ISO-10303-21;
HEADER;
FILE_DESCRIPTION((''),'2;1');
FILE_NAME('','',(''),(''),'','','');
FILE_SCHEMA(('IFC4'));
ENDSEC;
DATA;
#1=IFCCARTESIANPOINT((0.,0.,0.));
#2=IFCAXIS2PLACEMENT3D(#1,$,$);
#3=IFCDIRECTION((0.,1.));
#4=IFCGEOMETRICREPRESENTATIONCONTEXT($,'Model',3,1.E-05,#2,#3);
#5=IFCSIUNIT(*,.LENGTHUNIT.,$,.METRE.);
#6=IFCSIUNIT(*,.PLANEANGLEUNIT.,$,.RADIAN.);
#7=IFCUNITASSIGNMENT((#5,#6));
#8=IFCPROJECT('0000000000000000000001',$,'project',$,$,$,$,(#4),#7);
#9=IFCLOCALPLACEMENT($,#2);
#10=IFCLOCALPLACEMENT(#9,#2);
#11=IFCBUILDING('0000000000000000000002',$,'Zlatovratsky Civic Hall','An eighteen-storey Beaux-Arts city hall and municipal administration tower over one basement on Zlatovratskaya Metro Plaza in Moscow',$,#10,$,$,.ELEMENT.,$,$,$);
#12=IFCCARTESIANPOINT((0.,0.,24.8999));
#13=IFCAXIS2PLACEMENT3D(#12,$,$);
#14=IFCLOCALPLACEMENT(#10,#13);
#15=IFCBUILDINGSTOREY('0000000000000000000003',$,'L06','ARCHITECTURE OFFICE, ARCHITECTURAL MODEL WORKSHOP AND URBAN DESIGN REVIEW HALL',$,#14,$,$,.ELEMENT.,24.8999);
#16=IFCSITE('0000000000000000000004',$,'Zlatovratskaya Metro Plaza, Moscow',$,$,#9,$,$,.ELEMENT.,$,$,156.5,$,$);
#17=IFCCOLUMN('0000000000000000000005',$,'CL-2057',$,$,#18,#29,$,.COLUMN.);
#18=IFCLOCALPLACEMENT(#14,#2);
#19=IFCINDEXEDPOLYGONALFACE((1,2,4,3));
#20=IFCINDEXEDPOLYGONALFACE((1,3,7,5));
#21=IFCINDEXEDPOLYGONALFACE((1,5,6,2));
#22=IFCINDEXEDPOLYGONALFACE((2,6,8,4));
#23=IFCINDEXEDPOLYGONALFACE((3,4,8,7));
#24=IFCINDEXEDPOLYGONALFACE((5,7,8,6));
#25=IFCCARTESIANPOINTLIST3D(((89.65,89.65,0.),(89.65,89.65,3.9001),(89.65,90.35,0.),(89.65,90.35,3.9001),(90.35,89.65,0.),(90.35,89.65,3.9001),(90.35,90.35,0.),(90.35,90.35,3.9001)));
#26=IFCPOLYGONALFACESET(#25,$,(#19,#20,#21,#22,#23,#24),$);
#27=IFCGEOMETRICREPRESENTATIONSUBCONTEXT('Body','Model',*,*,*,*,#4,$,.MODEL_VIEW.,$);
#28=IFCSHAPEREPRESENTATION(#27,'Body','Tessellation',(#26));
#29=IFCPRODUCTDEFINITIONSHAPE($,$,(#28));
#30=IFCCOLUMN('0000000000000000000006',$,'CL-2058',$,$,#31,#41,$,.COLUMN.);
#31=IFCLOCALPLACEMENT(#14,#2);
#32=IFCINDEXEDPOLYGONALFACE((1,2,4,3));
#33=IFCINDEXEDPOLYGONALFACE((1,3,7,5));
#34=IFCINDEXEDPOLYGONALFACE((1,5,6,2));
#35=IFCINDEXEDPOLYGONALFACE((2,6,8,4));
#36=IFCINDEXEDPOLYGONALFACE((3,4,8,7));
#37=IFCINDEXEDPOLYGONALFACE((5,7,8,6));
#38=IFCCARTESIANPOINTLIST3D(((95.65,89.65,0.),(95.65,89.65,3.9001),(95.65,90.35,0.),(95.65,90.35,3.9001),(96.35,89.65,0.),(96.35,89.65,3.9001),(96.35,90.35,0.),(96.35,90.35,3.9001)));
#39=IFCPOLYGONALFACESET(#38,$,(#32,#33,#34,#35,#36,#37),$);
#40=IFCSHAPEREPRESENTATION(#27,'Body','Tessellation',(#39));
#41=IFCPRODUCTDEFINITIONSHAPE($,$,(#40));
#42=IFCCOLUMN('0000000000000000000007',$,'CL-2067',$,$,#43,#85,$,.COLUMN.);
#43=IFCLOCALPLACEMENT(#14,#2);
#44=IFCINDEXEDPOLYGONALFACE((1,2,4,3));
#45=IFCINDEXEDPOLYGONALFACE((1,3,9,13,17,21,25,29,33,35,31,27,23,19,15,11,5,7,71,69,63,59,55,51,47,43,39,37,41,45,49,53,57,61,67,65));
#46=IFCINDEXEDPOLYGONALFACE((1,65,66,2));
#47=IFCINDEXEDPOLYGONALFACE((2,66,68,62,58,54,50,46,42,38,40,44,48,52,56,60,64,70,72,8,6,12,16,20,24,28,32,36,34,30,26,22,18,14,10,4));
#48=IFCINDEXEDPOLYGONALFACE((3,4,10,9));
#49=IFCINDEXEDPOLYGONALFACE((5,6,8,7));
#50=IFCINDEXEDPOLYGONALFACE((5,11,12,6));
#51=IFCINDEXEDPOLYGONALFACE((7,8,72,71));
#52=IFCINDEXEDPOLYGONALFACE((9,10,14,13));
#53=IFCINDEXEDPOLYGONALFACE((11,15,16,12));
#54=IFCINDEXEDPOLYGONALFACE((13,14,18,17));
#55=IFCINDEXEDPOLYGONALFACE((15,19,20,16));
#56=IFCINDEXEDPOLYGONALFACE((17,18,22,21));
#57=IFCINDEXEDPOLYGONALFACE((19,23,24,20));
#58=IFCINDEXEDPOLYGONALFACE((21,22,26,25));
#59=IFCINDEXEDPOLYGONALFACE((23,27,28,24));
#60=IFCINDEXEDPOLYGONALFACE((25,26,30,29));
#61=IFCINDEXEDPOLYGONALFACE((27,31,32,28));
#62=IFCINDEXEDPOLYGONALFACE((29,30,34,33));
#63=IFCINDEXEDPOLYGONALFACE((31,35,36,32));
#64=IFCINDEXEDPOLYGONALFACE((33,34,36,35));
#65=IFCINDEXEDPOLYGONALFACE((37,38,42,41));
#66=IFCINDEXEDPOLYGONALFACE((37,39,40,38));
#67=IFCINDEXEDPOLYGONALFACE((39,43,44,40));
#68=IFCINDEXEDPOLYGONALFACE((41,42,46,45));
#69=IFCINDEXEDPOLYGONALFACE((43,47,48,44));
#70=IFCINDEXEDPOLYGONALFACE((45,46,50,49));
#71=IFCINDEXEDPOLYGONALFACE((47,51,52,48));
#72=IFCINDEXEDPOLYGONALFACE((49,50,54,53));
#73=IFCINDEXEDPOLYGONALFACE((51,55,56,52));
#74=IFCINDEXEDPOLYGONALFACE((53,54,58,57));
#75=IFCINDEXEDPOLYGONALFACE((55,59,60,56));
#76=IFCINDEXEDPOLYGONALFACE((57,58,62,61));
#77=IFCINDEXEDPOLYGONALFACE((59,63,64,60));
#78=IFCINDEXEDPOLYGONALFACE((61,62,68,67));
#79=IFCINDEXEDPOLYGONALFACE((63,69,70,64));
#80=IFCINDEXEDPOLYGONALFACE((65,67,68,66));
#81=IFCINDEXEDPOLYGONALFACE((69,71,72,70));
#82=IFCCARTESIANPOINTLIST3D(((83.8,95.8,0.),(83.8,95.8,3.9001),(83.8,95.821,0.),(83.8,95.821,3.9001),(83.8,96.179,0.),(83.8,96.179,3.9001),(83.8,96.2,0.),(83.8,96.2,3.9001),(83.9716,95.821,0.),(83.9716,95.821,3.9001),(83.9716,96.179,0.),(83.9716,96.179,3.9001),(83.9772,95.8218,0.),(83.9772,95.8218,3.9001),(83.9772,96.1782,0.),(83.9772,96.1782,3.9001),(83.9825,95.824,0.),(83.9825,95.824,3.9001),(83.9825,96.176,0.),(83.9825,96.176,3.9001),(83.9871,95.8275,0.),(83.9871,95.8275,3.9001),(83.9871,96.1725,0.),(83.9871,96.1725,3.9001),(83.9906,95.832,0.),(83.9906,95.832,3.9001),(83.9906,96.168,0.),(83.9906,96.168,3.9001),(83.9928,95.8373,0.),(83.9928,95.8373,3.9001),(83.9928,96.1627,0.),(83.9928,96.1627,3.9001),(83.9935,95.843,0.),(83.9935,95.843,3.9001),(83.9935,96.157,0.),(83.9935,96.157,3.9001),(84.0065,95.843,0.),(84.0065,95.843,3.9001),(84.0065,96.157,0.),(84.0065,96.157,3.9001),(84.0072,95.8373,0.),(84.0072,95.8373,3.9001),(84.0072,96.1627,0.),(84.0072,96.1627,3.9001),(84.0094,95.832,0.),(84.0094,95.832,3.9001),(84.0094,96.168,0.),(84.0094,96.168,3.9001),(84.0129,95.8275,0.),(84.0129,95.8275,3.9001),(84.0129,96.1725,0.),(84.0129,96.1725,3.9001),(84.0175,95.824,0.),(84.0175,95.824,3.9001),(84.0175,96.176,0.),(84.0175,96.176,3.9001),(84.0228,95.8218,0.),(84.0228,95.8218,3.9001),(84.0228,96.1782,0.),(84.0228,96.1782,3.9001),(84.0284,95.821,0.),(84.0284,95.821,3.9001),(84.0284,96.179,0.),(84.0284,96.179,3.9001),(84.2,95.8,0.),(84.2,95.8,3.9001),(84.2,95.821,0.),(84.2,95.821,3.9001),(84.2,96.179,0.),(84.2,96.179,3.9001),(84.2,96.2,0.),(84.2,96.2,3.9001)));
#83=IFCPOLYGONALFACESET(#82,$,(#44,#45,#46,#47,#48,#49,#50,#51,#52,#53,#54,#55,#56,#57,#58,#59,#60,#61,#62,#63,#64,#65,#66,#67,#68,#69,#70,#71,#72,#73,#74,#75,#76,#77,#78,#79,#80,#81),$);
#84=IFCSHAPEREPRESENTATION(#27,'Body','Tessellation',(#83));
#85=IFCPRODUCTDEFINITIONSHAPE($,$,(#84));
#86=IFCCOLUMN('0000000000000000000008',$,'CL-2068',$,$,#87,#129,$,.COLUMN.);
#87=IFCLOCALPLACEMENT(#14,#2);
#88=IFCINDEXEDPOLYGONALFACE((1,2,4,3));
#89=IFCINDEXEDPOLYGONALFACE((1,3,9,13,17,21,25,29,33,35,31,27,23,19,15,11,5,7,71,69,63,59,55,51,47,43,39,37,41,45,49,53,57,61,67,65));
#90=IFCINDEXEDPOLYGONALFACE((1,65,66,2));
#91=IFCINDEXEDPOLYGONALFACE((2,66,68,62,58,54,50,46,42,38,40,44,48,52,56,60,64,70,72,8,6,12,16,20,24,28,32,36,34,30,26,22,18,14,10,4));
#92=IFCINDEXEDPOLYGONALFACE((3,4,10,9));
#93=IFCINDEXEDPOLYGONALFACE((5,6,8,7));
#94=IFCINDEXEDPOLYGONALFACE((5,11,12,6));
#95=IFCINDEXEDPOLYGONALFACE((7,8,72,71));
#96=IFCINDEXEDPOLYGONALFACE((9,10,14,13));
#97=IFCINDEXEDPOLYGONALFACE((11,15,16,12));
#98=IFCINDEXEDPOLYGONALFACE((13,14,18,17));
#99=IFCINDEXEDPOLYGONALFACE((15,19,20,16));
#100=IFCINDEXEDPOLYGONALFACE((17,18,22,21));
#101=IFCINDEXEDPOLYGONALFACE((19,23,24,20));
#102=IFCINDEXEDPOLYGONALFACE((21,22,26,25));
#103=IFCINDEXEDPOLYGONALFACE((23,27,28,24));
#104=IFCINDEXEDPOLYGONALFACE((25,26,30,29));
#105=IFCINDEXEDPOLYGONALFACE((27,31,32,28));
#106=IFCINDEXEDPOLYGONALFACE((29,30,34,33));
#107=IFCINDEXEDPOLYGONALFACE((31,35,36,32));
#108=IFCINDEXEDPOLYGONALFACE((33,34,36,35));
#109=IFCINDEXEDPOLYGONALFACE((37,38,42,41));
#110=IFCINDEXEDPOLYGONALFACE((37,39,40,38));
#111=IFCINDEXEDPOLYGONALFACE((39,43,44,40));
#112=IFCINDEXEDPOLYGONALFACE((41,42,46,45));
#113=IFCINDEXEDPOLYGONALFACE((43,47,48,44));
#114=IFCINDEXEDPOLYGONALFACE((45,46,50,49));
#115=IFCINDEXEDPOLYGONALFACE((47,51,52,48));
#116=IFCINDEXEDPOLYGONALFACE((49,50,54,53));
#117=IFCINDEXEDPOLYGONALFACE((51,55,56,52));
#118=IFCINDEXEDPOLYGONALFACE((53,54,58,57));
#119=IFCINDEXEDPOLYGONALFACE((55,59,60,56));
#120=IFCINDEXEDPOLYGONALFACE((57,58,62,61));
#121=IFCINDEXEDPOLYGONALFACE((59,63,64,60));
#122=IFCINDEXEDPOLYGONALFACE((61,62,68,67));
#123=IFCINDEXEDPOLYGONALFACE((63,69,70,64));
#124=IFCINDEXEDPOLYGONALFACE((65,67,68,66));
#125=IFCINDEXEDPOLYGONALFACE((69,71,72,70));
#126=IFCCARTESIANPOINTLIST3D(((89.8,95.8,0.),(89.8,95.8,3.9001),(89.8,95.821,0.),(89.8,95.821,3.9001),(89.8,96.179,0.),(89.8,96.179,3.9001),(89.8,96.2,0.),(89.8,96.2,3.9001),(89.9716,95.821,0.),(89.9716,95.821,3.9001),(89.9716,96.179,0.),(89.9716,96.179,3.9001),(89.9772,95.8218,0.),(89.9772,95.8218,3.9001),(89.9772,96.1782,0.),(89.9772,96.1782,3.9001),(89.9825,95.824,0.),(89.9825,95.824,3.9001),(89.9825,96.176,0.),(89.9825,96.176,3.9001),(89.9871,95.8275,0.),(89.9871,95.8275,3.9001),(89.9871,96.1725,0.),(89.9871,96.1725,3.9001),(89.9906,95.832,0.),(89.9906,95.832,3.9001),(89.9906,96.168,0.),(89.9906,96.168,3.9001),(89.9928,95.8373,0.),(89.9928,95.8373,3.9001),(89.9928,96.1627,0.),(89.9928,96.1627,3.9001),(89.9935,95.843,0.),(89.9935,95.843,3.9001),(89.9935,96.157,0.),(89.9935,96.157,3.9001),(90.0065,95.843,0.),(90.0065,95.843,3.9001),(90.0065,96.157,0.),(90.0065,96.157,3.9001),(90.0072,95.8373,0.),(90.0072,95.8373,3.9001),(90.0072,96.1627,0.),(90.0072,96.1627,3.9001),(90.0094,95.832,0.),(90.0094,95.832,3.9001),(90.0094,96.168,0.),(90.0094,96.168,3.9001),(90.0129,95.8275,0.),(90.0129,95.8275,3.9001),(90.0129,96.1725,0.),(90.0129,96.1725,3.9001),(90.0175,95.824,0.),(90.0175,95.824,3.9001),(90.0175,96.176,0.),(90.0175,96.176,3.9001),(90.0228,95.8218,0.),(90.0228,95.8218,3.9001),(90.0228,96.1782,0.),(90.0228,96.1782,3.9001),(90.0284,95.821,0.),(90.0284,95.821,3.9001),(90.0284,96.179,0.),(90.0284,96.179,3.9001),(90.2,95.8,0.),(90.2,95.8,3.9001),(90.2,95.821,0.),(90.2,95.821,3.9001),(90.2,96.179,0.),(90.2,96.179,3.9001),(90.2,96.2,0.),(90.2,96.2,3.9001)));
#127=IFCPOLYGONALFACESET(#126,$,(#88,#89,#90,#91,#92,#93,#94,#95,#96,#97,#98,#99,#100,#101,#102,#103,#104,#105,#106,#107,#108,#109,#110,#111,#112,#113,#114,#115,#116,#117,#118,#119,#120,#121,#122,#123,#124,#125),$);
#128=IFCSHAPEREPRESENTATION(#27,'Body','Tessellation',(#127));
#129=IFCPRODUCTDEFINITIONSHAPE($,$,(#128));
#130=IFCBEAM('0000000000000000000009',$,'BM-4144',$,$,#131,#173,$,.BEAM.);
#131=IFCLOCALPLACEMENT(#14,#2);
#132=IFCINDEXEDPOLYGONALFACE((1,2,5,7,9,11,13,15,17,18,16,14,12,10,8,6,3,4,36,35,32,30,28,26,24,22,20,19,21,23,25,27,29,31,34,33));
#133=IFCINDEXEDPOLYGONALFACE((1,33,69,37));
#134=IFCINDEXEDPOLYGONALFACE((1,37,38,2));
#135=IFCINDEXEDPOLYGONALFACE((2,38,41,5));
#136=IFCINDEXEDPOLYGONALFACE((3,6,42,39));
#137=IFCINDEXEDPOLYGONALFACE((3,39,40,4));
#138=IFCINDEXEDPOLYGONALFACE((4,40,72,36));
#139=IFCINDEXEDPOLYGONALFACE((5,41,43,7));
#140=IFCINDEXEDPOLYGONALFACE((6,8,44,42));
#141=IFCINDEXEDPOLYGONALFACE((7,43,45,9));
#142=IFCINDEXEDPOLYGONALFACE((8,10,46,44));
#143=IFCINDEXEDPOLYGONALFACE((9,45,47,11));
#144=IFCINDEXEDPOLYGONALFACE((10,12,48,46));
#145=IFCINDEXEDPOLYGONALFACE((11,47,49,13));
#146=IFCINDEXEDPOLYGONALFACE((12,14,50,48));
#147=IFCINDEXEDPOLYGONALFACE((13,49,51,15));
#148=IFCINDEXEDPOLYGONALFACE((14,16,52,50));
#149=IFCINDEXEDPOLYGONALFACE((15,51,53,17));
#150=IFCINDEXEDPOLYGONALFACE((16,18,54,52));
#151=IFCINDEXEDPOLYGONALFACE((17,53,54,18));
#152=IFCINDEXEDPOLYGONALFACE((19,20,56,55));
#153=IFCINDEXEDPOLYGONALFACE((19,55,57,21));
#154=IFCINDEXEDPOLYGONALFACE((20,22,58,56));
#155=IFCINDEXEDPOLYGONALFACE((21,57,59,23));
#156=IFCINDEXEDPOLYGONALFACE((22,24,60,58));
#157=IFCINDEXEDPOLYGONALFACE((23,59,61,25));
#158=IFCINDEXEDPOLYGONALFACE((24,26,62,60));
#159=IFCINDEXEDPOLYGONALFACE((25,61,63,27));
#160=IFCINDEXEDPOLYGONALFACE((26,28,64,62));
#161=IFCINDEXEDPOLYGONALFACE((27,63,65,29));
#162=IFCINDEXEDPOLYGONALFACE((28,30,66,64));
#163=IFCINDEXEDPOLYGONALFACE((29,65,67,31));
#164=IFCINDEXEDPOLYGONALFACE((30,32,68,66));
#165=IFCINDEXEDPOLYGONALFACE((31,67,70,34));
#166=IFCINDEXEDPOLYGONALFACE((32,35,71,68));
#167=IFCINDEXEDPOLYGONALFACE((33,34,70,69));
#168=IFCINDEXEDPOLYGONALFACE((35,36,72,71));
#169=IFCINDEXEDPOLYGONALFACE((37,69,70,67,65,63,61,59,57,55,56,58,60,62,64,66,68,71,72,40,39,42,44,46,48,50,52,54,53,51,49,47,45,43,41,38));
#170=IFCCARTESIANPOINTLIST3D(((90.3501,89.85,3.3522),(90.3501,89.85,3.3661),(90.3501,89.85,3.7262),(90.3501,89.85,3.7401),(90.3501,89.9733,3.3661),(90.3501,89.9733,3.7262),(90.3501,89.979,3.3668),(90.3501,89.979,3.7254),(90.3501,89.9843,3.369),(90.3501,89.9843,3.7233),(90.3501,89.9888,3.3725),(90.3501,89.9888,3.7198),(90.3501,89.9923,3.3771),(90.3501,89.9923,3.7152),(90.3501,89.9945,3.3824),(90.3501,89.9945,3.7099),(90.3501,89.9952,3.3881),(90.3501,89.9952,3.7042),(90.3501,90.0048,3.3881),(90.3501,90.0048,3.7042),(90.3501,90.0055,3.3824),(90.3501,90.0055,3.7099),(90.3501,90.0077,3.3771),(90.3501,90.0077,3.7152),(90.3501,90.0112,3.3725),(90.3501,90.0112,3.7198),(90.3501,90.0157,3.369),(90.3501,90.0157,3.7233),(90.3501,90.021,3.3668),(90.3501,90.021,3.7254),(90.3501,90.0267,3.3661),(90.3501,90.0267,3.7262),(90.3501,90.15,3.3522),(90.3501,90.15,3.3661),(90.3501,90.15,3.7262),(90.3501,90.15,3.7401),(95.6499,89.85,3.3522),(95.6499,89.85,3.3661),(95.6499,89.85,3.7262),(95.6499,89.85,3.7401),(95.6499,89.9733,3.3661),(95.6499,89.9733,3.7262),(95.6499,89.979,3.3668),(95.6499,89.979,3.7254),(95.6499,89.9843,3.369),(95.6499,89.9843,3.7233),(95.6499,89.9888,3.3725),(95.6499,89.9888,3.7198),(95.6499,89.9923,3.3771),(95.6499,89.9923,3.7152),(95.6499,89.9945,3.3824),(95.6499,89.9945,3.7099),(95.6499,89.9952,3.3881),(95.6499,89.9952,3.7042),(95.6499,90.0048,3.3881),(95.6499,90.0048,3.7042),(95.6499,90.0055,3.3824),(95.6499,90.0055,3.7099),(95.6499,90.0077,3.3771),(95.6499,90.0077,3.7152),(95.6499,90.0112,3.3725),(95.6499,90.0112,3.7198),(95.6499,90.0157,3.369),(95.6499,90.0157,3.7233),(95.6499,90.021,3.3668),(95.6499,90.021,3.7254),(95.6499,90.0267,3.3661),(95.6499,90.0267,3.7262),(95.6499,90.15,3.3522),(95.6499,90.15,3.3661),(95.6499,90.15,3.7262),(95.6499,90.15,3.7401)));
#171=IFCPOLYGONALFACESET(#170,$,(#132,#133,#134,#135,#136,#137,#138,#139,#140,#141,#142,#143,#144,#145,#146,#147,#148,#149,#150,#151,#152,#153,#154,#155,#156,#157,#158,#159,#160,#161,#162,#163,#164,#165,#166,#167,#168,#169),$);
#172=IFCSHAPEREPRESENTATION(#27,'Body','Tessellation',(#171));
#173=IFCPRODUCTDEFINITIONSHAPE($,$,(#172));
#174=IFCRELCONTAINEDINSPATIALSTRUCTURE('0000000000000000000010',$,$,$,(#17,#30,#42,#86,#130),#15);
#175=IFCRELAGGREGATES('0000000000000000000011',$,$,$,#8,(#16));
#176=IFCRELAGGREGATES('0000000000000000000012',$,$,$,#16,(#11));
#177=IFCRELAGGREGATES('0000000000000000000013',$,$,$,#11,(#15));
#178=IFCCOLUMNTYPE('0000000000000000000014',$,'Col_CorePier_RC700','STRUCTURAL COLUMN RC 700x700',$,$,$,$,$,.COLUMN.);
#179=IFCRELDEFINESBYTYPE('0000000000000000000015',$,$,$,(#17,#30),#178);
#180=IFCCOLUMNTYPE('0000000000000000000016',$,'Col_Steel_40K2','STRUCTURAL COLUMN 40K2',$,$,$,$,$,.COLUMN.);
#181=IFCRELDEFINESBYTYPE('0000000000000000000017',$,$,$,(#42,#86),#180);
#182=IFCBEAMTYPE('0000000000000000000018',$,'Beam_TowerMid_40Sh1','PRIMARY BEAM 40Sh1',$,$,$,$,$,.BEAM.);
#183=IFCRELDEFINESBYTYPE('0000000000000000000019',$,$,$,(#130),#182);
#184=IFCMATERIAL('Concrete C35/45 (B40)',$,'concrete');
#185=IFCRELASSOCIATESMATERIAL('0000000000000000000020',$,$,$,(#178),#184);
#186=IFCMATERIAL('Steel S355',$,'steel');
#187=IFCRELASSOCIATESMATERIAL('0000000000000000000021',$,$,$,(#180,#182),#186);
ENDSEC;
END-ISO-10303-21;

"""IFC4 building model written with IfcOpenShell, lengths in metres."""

from ifc_helpers import new_model, si_unit, direction, frame, origin, origin_2d, place, context, subcontext, project, spatial, rectangle, i_section, extrude, material, material_profile, profile_set, type_object, element, save


model = new_model("IFC4")

# Units and contexts
model_context = context("Model", 3, precision=1e-05, world=origin(), true_north=direction((0.0, 1.0)))
body_context = subcontext(model_context, "Body", "Model", "MODEL_VIEW")
ifc_project = project(units=[si_unit("LENGTHUNIT", "METRE"), si_unit("PLANEANGLEUNIT", "RADIAN")], contexts=[model_context])

# Site, building, storey
site_placement = place(None, origin())
site = spatial("IfcSite", under=ifc_project, at=site_placement, Name="Zlatovratskaya Metro Plaza, Moscow", CompositionType="ELEMENT", RefElevation=156.5)
building_placement = place(site_placement, origin())
building = spatial("IfcBuilding", under=site, at=building_placement, Name="Zlatovratsky Civic Hall", Description="An eighteen-storey Beaux-Arts city hall and municipal administration tower over one basement on Zlatovratskaya Metro Plaza in Moscow", CompositionType="ELEMENT")
storey_placement = place(building_placement, frame((0.0, 0.0, 24.8999)))
storey = spatial("IfcBuildingStorey", under=building, at=storey_placement, Name="L06", Description="ARCHITECTURE OFFICE, ARCHITECTURAL MODEL WORKSHOP AND URBAN DESIGN REVIEW HALL", CompositionType="ELEMENT", Elevation=24.8999)

# Columns
ifc_material_1 = material(Name="Concrete C35/45 (B40)", Category="concrete")
ifc_material_profile_1 = material_profile(ifc_material_1, rectangle(XDim=0.7, YDim=0.7, at=origin_2d()), Name="RC 700x700")
ifc_profile_set_1 = profile_set([ifc_material_profile_1], Name="Concrete C35/45 (B40)")
column_type_1 = type_object("IfcColumnType", Name="Col_CorePier_RC700", Description="STRUCTURAL COLUMN RC 700x700", PredefinedType="COLUMN", material=ifc_profile_set_1)
for number, where, z_axis, x_axis, name in (
    (1, (90.0, 90.0, 0.0), (0.0, 0.0, 1.0), (1.0, 0.0, 0.0), "CL-2057"),
    (2, (96.0, 90.0, 0.0), (0.0, 0.0, 1.0), (1.0, 0.0, 0.0), "CL-2058"),
):
    element("IfcColumn", number, at=place(storey_placement, frame(where, z_axis=z_axis, x_axis=x_axis)), inside=storey, type_object=column_type_1, Name=name, PredefinedType="COLUMN", context=body_context, shape_type="SweptSolid", body=[
        extrude(rectangle(XDim=0.7, YDim=0.7, at=origin_2d()), origin(), (0.0, 0.0, 1.0), 3.9001),
    ])
ifc_material_2 = material(Name="Steel S355", Category="steel")
ifc_material_profile_2 = material_profile(ifc_material_2, i_section(OverallWidth=0.3999, OverallDepth=0.3999, WebThickness=0.0129, FlangeThickness=0.021, FilletRadius=0.022, at=origin_2d()), Name="40K2")
ifc_profile_set_2 = profile_set([ifc_material_profile_2], Name="Steel S355")
column_type_2 = type_object("IfcColumnType", Name="Col_Steel_40K2", Description="STRUCTURAL COLUMN 40K2", PredefinedType="COLUMN", material=ifc_profile_set_2)
for number, where, z_axis, x_axis, name in (
    (3, (84.0, 96.0, 0.0), (0.0, 0.0, 1.0), (1.0, 0.0, 0.0), "CL-2067"),
    (4, (90.0, 96.0, 0.0), (0.0, 0.0, 1.0), (1.0, 0.0, 0.0), "CL-2068"),
):
    element("IfcColumn", number, at=place(storey_placement, frame(where, z_axis=z_axis, x_axis=x_axis)), inside=storey, type_object=column_type_2, Name=name, PredefinedType="COLUMN", context=body_context, shape_type="SweptSolid", body=[
        extrude(i_section(OverallWidth=0.3999, OverallDepth=0.3999, WebThickness=0.0129, FlangeThickness=0.021, FilletRadius=0.022, at=origin_2d()), origin(), (0.0, 0.0, 1.0), 3.9001),
    ])

# Beam
ifc_material_profile_3 = material_profile(ifc_material_2, i_section(OverallWidth=0.3, OverallDepth=0.3879, WebThickness=0.0095, FlangeThickness=0.0139, FilletRadius=0.022, at=origin_2d()), Name="40Sh1")
ifc_profile_set_3 = profile_set([ifc_material_profile_3], Name="Steel S355")
beam_type_1 = type_object("IfcBeamType", Name="Beam_TowerMid_40Sh1", Description="PRIMARY BEAM 40Sh1", PredefinedType="BEAM", material=ifc_profile_set_3)
beam_1_placement = place(storey_placement, frame((90.3501, 90.0, 3.5461), z_axis=(1.0, 0.0, 0.0), x_axis=(0.0, 1.0, 0.0)))
element("IfcBeam", 5, at=beam_1_placement, inside=storey, type_object=beam_type_1, Name="BM-4144", PredefinedType="BEAM", context=body_context, shape_type="SweptSolid", body=[
    extrude(i_section(OverallWidth=0.3, OverallDepth=0.3879, WebThickness=0.0095, FlangeThickness=0.0139, FilletRadius=0.022, at=origin_2d()), origin(), (0.0, 0.0, 1.0), 5.2998),
])

save(model, "model.ifc")
